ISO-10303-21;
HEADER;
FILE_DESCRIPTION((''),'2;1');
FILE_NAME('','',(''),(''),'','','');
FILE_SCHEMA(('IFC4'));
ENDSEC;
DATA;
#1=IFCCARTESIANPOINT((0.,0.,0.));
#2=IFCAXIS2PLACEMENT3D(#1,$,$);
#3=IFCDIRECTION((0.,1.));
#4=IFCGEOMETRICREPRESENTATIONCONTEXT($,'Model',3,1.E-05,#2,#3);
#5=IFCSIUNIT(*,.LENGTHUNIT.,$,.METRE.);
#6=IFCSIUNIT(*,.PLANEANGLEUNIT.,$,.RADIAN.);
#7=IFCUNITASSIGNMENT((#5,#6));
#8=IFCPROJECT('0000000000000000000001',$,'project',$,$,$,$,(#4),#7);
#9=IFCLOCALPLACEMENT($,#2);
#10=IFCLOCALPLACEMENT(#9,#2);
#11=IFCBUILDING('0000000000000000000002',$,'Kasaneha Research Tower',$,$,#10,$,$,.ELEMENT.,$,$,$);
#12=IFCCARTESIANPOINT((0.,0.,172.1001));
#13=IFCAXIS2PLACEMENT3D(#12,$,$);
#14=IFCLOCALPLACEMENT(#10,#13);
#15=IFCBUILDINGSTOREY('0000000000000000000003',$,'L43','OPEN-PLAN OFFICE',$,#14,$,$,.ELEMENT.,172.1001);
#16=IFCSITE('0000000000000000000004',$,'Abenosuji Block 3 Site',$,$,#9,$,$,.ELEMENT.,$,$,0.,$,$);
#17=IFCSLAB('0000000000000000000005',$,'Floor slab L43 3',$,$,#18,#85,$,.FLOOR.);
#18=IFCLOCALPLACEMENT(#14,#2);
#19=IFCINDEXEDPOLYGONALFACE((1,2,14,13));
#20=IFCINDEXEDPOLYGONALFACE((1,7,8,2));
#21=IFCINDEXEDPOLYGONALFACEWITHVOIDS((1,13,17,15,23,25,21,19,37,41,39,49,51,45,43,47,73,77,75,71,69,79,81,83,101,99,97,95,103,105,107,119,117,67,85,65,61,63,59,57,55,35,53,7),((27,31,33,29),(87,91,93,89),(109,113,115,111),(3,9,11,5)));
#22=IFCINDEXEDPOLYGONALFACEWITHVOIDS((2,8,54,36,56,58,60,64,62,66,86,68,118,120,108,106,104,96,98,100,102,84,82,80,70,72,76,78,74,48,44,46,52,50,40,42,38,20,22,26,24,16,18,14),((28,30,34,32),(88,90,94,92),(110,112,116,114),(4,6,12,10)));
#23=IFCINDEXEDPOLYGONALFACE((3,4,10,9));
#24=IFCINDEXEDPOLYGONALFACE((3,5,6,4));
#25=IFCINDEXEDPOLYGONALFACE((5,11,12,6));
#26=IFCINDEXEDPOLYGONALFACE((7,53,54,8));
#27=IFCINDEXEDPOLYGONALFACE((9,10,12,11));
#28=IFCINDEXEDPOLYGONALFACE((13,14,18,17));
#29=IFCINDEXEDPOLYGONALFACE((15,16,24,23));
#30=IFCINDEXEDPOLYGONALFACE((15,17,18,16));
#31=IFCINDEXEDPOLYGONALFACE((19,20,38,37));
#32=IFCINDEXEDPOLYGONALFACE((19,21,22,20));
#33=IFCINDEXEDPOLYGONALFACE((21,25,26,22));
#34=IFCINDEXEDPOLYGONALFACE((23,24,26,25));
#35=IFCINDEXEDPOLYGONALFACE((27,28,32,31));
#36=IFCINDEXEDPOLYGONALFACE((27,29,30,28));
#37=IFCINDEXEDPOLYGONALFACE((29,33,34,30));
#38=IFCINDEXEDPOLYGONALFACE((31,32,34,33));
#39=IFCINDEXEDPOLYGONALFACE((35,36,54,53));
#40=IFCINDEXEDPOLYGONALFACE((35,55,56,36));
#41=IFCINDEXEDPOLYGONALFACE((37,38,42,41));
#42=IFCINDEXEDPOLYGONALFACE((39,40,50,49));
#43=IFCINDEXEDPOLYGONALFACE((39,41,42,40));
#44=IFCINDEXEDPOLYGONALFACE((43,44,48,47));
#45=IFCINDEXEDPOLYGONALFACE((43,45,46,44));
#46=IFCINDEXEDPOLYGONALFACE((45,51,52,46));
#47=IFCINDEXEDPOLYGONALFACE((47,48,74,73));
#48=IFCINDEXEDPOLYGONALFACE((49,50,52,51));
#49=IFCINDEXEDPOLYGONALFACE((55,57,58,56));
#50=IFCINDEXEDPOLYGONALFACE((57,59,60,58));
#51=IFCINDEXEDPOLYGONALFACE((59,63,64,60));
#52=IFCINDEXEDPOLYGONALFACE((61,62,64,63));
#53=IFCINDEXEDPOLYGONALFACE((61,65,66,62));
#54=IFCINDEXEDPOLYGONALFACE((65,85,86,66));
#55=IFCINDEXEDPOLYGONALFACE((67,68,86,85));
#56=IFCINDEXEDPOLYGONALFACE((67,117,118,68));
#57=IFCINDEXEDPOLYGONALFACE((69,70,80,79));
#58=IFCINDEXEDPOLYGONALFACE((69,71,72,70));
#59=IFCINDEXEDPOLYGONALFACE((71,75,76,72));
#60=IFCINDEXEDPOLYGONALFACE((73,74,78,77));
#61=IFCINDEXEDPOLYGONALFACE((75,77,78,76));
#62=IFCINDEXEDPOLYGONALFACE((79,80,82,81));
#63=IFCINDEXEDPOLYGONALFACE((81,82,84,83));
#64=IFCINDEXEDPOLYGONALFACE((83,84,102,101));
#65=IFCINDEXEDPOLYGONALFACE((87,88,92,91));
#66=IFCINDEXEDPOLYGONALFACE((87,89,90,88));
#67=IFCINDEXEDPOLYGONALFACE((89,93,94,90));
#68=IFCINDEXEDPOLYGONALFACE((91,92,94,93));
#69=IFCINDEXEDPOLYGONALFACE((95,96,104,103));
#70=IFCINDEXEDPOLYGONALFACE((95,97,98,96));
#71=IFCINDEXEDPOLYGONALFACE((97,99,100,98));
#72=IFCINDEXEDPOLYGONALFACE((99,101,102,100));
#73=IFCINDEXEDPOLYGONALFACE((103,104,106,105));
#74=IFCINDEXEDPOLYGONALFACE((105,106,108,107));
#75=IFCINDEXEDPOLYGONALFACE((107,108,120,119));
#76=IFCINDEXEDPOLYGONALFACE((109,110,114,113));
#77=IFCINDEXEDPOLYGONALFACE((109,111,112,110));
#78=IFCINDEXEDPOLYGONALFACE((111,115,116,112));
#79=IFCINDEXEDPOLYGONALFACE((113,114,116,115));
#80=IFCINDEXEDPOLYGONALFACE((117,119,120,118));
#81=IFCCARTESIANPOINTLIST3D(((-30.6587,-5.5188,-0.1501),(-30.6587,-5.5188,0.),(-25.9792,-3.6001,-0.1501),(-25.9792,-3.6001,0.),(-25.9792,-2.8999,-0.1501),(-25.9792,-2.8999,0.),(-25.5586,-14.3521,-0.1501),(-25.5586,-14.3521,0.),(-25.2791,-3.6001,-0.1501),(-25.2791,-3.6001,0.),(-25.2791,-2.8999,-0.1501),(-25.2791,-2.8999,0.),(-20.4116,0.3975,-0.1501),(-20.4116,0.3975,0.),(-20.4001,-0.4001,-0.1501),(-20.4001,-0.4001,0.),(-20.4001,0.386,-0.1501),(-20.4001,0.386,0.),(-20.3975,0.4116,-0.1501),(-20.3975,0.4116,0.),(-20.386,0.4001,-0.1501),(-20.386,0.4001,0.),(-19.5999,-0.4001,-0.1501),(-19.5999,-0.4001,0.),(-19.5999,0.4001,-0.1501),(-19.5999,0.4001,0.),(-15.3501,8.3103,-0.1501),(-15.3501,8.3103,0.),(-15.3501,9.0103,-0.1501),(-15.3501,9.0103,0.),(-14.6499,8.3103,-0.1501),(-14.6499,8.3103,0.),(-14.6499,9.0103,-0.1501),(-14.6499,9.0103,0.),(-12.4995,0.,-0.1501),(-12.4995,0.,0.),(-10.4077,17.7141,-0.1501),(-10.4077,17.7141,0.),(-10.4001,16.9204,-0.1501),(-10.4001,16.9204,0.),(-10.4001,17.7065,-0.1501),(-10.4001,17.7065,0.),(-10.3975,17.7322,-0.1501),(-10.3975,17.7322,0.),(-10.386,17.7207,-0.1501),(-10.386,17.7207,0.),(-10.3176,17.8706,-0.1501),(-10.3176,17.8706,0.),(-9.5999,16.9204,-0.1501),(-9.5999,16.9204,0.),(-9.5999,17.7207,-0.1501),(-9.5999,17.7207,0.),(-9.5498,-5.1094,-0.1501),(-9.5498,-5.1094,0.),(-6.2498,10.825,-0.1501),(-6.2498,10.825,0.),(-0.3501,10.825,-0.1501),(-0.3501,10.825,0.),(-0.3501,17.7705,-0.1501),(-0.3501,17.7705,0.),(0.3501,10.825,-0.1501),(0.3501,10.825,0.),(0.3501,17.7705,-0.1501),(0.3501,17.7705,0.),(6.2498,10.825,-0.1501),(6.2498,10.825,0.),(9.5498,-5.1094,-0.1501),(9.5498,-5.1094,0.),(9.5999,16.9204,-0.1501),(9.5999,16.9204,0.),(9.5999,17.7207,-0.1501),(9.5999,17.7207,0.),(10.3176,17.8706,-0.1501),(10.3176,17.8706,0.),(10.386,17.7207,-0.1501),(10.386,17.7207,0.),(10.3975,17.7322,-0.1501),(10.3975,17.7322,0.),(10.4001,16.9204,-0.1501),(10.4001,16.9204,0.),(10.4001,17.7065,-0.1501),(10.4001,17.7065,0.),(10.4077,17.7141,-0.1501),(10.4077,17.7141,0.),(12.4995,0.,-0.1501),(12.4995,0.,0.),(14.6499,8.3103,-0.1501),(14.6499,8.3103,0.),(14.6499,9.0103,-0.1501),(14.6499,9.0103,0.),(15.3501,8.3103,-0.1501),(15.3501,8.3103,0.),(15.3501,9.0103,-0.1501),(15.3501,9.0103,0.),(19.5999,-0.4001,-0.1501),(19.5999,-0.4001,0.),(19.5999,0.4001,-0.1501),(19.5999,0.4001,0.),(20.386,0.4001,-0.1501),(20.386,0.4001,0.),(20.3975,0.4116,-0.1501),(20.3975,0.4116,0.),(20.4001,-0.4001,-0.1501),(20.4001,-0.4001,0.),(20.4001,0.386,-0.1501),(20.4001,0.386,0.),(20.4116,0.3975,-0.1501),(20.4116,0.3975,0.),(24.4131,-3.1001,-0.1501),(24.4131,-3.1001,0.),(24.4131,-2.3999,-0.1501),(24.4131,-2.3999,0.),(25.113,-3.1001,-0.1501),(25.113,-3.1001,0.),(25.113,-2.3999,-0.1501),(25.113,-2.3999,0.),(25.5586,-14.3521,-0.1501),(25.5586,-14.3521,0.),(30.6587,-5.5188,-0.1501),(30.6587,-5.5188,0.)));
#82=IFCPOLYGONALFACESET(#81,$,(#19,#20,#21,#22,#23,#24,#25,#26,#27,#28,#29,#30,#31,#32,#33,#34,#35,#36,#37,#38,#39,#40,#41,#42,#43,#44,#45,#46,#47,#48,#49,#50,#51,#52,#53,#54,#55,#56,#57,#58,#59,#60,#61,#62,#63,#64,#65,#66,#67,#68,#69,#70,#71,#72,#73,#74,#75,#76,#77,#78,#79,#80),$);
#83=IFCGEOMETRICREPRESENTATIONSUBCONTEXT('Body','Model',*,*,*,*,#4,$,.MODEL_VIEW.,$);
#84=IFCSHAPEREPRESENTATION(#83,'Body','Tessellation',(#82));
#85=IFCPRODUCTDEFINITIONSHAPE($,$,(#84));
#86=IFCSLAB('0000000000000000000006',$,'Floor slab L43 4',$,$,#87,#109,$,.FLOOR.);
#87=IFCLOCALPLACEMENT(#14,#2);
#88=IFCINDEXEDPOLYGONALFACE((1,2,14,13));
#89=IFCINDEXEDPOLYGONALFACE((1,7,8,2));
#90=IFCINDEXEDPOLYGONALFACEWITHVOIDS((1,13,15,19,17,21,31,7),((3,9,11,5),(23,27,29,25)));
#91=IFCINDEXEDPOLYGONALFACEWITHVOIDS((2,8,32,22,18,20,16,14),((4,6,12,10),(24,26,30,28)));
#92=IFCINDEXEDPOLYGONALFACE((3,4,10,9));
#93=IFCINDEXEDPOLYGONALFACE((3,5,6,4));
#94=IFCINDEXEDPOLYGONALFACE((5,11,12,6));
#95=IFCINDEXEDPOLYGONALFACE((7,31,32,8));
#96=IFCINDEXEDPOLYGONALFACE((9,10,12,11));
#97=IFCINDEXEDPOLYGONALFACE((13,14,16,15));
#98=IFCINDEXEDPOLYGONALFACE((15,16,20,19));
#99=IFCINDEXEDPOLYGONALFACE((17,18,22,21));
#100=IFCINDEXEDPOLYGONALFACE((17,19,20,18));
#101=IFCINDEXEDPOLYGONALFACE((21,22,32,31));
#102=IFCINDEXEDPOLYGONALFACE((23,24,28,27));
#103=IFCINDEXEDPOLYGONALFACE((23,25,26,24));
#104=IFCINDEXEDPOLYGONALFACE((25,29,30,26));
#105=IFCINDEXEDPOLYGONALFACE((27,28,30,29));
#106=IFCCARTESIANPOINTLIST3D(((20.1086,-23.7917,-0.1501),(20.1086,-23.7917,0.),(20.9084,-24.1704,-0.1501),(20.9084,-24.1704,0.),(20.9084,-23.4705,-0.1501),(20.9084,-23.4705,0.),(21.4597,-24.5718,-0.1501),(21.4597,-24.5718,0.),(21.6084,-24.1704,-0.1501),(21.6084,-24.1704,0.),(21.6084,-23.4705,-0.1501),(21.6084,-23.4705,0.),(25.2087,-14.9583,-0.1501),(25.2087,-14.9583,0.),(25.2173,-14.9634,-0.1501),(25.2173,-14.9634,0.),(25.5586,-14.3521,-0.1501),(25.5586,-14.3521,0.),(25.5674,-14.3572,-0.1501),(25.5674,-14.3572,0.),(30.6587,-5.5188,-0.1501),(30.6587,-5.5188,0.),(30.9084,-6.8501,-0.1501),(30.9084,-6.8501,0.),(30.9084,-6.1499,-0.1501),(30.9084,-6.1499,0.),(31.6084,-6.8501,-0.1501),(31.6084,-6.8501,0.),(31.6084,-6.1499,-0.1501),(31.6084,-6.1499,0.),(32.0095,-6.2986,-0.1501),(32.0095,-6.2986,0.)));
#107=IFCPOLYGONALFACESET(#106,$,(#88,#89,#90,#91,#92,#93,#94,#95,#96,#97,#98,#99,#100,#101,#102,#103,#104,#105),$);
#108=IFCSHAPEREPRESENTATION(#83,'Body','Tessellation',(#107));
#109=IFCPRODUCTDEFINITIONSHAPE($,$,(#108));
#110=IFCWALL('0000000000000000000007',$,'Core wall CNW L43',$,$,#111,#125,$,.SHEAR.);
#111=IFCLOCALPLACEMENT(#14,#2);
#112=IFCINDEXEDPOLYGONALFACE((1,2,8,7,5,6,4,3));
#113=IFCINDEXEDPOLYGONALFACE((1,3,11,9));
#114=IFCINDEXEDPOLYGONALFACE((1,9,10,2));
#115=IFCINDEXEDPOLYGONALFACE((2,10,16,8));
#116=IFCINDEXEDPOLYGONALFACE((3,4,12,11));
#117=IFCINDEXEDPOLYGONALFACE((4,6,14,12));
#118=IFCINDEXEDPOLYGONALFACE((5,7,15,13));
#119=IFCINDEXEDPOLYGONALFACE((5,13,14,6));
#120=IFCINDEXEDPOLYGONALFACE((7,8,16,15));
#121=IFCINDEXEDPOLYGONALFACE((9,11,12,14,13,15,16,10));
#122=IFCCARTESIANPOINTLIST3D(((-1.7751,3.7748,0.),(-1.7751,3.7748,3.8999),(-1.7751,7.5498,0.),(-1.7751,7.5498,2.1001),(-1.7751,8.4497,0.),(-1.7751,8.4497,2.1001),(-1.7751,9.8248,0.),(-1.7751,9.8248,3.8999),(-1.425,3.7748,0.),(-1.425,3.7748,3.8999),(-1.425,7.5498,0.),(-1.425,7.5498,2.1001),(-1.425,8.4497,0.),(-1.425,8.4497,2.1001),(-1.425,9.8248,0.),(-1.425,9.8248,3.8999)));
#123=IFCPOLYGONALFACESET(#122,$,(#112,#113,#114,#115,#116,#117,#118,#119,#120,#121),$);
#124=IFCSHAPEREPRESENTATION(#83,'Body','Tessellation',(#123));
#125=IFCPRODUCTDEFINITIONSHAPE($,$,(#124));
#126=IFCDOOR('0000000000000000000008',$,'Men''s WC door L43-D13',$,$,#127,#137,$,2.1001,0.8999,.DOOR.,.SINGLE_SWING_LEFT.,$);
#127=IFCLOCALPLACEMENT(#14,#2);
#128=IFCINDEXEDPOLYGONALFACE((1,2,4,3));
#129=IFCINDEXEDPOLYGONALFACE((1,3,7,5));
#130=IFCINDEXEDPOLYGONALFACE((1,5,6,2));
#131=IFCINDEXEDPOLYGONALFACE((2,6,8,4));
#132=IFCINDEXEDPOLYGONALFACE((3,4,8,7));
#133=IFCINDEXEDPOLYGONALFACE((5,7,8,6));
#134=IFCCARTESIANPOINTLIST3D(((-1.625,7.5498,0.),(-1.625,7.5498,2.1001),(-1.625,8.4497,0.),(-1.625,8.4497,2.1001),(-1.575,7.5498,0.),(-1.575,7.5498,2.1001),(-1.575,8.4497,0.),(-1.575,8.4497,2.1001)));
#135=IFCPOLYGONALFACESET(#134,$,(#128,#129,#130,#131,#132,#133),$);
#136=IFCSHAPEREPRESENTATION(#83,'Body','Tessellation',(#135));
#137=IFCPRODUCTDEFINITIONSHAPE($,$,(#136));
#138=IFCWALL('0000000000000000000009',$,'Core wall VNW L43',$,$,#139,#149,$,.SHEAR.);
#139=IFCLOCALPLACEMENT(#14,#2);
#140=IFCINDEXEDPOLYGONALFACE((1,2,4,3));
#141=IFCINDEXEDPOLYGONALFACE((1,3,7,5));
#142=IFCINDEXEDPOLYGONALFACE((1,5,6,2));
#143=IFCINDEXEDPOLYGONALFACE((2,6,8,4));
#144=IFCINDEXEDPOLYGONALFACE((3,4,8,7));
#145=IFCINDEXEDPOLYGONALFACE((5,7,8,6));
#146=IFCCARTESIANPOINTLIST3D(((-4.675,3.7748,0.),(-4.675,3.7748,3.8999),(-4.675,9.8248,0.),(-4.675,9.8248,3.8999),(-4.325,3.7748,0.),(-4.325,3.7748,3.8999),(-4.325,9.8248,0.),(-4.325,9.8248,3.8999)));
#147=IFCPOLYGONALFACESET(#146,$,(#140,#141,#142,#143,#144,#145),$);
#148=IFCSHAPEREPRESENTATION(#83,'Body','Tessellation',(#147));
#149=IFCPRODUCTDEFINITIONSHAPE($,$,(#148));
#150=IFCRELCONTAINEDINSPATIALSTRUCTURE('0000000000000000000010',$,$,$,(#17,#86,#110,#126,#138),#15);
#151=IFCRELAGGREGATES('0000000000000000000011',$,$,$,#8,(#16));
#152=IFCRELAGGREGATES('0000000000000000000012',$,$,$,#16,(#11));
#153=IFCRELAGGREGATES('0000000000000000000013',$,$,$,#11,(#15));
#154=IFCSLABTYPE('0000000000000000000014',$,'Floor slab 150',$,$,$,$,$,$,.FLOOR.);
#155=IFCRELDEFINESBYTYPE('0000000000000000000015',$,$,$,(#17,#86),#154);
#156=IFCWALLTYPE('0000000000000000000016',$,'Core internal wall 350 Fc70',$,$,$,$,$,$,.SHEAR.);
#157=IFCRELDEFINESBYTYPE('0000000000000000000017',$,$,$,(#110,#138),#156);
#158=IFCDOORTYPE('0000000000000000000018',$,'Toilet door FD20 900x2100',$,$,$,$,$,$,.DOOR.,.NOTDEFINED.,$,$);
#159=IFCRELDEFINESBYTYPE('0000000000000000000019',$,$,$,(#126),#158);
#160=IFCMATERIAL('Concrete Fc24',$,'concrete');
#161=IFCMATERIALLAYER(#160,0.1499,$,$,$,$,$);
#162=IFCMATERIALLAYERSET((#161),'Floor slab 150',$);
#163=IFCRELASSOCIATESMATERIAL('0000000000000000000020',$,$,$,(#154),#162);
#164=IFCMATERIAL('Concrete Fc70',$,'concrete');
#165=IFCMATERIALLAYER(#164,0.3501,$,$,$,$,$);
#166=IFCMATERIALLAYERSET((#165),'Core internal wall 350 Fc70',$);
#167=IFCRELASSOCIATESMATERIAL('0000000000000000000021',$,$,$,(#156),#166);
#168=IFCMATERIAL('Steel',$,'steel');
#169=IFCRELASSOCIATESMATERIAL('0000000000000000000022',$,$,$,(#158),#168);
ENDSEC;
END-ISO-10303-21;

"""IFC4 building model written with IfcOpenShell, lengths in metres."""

from ifc_helpers import new_model, si_unit, direction, frame, frame_2d, origin, place, context, subcontext, project, spatial, polyline, rectangle, outline, extrude, material, layer, layer_set, type_object, element, fill, save


model = new_model("IFC4")

# Units and contexts
model_context = context("Model", 3, precision=1e-05, world=origin(), true_north=direction((0.0, 1.0)))
body_context = subcontext(model_context, "Body", "Model", "MODEL_VIEW")
ifc_project = project(units=[si_unit("LENGTHUNIT", "METRE"), si_unit("PLANEANGLEUNIT", "RADIAN")], contexts=[model_context])

# Site, building, storey
site_placement = place(None, origin())
site = spatial("IfcSite", under=ifc_project, at=site_placement, Name="Abenosuji Block 3 Site", CompositionType="ELEMENT", RefElevation=0.0)
building_placement = place(site_placement, origin())
building = spatial("IfcBuilding", under=site, at=building_placement, Name="Kasaneha Research Tower", CompositionType="ELEMENT")
storey_placement = place(building_placement, frame((0.0, 0.0, 172.1001)))
storey = spatial("IfcBuildingStorey", under=building, at=storey_placement, Name="L43", Description="OPEN-PLAN OFFICE", CompositionType="ELEMENT", Elevation=172.1001)

# Slabs
ifc_material_1 = material(Name="Concrete Fc24", Category="concrete")
ifc_layer_1 = layer(ifc_material_1, 0.1499)
ifc_layer_set_1 = layer_set([ifc_layer_1], Name="Floor slab 150")
slab_type_1 = type_object("IfcSlabType", Name="Floor slab 150", PredefinedType="FLOOR", material=ifc_layer_set_1)
slab_1_placement = place(storey_placement, frame((0.0, 0.0, -0.1501)))
element("IfcSlab", 1, at=slab_1_placement, inside=storey, type_object=slab_type_1, Name="Floor slab L43 3", PredefinedType="FLOOR", context=body_context, shape_type="SweptSolid", body=[
    extrude(outline(polyline([(-20.4001, -0.4001), (-19.5999, -0.4001), (-19.5999, 0.4001), (-20.386, 0.4001), (-20.3975, 0.4116), (-10.4077, 17.7141), (-10.4001, 17.7065), (-10.4001, 16.9204), (-9.5999, 16.9204), (-9.5999, 17.7207), (-10.386, 17.7207), (-10.3975, 17.7322), (-10.3176, 17.8706), (10.3176, 17.8706), (10.3975, 17.7322), (10.386, 17.7207), (9.5999, 17.7207), (9.5999, 16.9204), (10.4001, 16.9204), (10.4001, 17.7065), (10.4077, 17.7141), (20.3975, 0.4116), (20.386, 0.4001), (19.5999, 0.4001), (19.5999, -0.4001), (20.4001, -0.4001), (20.4001, 0.386), (20.4116, 0.3975), (30.6587, -5.5188), (25.5586, -14.3521), (9.5498, -5.1094), (12.4995, 0.0), (6.2498, 10.825), (0.3501, 10.825), (0.3501, 17.7705), (-0.3501, 17.7705), (-0.3501, 10.825), (-6.2498, 10.825), (-12.4995, 0.0), (-9.5498, -5.1094), (-25.5586, -14.3521), (-30.6587, -5.5188), (-20.4116, 0.3975), (-20.4001, 0.386), (-20.4001, -0.4001)]), holes=[polyline([(-25.2791, -3.6001), (-25.2791, -2.8999), (-25.9792, -2.8999), (-25.9792, -3.6001), (-25.2791, -3.6001)]), polyline([(-15.3501, 8.3103), (-14.6499, 8.3103), (-14.6499, 9.0103), (-15.3501, 9.0103), (-15.3501, 8.3103)]), polyline([(24.4131, -3.1001), (25.113, -3.1001), (25.113, -2.3999), (24.4131, -2.3999), (24.4131, -3.1001)]), polyline([(14.6499, 8.3103), (15.3501, 8.3103), (15.3501, 9.0103), (14.6499, 9.0103), (14.6499, 8.3103)])]), origin(), (0.0, 0.0, 1.0), 0.1501),
])
slab_2_placement = place(storey_placement, frame((0.0, 0.0, -0.1501)))
element("IfcSlab", 2, at=slab_2_placement, inside=storey, type_object=slab_type_1, Name="Floor slab L43 4", PredefinedType="FLOOR", context=body_context, shape_type="SweptSolid", body=[
    extrude(outline(polyline([(32.0095, -6.2986), (21.4597, -24.5718), (20.1086, -23.7917), (25.2087, -14.9583), (25.2173, -14.9634), (25.5674, -14.3572), (25.5586, -14.3521), (30.6587, -5.5188), (32.0095, -6.2986)]), holes=[polyline([(21.6084, -24.1704), (21.6084, -23.4705), (20.9084, -23.4705), (20.9084, -24.1704), (21.6084, -24.1704)]), polyline([(31.6084, -6.8501), (31.6084, -6.1499), (30.9084, -6.1499), (30.9084, -6.8501), (31.6084, -6.8501)])]), origin(), (0.0, 0.0, 1.0), 0.1501),
])

# Shared definitions
ifc_material_2 = material(Name="Concrete Fc70", Category="concrete")
ifc_layer_2 = layer(ifc_material_2, 0.3501)
ifc_layer_set_2 = layer_set([ifc_layer_2], Name="Core internal wall 350 Fc70")
wall_type = type_object("IfcWallType", Name="Core internal wall 350 Fc70", PredefinedType="SHEAR", material=ifc_layer_set_2)

# Wall, opening, door
wall_1_placement = place(storey_placement, frame((-1.6001, 3.7749, 0.0), z_axis=(0.0, 0.0, 1.0), x_axis=(0.0, 1.0, 0.0)))
wall_1 = element("IfcWall", 3, at=wall_1_placement, inside=storey, type_object=wall_type, Name="Core wall CNW L43", PredefinedType="SHEAR", context=body_context, shape_type="SweptSolid", body=[
    extrude(rectangle(XDim=6.05, YDim=0.3501, at=frame_2d((3.0249, 0.0))), origin(), (0.0, 0.0, 1.0), 3.8999),
])
opening_1_placement = place(wall_1_placement, frame((3.7749, 0.0, 0.0)))
opening_1 = element("IfcOpeningElement", 4, at=opening_1_placement, cuts=wall_1, PredefinedType="OPENING", context=body_context, shape_type="SweptSolid", body=[
    extrude(rectangle(XDim=0.8999, YDim=2.1001, at=frame_2d((0.45, 1.05))), frame((0.0, 0.1851, 0.0), z_axis=(0.0, -1.0, 0.0), x_axis=(1.0, 0.0, 0.0)), (0.0, 0.0, 1.0), 0.3701),
])
ifc_material_3 = material(Name="Steel", Category="steel")
door_type_1 = type_object("IfcDoorType", Name="Toilet door FD20 900x2100", OperationType="NOTDEFINED", PredefinedType="DOOR", material=ifc_material_3)
door_1_placement = place(opening_1_placement, origin())
door_1 = element("IfcDoor", 5, at=door_1_placement, inside=storey, type_object=door_type_1, Name="Men's WC door L43-D13", OperationType="SINGLE_SWING_LEFT", OverallHeight=2.1001, OverallWidth=0.8999, PredefinedType="DOOR", context=body_context, shape_type="SweptSolid", body=[
    extrude(rectangle(XDim=0.8999, YDim=2.1001, at=frame_2d((0.45, 1.05))), frame((0.0, 0.0249, 0.0), z_axis=(0.0, -1.0, 0.0), x_axis=(1.0, 0.0, 0.0)), (0.0, 0.0, 1.0), 0.05),
])
fill(opening_1, door_1)

# Wall
wall_2_placement = place(storey_placement, frame((-4.5, 3.7749, 0.0), z_axis=(0.0, 0.0, 1.0), x_axis=(0.0, 1.0, 0.0)))
element("IfcWall", 6, at=wall_2_placement, inside=storey, type_object=wall_type, Name="Core wall VNW L43", PredefinedType="SHEAR", context=body_context, shape_type="SweptSolid", body=[
    extrude(rectangle(XDim=6.05, YDim=0.3501, at=frame_2d((3.0249, 0.0))), origin(), (0.0, 0.0, 1.0), 3.8999),
])

save(model, "model.ifc")
